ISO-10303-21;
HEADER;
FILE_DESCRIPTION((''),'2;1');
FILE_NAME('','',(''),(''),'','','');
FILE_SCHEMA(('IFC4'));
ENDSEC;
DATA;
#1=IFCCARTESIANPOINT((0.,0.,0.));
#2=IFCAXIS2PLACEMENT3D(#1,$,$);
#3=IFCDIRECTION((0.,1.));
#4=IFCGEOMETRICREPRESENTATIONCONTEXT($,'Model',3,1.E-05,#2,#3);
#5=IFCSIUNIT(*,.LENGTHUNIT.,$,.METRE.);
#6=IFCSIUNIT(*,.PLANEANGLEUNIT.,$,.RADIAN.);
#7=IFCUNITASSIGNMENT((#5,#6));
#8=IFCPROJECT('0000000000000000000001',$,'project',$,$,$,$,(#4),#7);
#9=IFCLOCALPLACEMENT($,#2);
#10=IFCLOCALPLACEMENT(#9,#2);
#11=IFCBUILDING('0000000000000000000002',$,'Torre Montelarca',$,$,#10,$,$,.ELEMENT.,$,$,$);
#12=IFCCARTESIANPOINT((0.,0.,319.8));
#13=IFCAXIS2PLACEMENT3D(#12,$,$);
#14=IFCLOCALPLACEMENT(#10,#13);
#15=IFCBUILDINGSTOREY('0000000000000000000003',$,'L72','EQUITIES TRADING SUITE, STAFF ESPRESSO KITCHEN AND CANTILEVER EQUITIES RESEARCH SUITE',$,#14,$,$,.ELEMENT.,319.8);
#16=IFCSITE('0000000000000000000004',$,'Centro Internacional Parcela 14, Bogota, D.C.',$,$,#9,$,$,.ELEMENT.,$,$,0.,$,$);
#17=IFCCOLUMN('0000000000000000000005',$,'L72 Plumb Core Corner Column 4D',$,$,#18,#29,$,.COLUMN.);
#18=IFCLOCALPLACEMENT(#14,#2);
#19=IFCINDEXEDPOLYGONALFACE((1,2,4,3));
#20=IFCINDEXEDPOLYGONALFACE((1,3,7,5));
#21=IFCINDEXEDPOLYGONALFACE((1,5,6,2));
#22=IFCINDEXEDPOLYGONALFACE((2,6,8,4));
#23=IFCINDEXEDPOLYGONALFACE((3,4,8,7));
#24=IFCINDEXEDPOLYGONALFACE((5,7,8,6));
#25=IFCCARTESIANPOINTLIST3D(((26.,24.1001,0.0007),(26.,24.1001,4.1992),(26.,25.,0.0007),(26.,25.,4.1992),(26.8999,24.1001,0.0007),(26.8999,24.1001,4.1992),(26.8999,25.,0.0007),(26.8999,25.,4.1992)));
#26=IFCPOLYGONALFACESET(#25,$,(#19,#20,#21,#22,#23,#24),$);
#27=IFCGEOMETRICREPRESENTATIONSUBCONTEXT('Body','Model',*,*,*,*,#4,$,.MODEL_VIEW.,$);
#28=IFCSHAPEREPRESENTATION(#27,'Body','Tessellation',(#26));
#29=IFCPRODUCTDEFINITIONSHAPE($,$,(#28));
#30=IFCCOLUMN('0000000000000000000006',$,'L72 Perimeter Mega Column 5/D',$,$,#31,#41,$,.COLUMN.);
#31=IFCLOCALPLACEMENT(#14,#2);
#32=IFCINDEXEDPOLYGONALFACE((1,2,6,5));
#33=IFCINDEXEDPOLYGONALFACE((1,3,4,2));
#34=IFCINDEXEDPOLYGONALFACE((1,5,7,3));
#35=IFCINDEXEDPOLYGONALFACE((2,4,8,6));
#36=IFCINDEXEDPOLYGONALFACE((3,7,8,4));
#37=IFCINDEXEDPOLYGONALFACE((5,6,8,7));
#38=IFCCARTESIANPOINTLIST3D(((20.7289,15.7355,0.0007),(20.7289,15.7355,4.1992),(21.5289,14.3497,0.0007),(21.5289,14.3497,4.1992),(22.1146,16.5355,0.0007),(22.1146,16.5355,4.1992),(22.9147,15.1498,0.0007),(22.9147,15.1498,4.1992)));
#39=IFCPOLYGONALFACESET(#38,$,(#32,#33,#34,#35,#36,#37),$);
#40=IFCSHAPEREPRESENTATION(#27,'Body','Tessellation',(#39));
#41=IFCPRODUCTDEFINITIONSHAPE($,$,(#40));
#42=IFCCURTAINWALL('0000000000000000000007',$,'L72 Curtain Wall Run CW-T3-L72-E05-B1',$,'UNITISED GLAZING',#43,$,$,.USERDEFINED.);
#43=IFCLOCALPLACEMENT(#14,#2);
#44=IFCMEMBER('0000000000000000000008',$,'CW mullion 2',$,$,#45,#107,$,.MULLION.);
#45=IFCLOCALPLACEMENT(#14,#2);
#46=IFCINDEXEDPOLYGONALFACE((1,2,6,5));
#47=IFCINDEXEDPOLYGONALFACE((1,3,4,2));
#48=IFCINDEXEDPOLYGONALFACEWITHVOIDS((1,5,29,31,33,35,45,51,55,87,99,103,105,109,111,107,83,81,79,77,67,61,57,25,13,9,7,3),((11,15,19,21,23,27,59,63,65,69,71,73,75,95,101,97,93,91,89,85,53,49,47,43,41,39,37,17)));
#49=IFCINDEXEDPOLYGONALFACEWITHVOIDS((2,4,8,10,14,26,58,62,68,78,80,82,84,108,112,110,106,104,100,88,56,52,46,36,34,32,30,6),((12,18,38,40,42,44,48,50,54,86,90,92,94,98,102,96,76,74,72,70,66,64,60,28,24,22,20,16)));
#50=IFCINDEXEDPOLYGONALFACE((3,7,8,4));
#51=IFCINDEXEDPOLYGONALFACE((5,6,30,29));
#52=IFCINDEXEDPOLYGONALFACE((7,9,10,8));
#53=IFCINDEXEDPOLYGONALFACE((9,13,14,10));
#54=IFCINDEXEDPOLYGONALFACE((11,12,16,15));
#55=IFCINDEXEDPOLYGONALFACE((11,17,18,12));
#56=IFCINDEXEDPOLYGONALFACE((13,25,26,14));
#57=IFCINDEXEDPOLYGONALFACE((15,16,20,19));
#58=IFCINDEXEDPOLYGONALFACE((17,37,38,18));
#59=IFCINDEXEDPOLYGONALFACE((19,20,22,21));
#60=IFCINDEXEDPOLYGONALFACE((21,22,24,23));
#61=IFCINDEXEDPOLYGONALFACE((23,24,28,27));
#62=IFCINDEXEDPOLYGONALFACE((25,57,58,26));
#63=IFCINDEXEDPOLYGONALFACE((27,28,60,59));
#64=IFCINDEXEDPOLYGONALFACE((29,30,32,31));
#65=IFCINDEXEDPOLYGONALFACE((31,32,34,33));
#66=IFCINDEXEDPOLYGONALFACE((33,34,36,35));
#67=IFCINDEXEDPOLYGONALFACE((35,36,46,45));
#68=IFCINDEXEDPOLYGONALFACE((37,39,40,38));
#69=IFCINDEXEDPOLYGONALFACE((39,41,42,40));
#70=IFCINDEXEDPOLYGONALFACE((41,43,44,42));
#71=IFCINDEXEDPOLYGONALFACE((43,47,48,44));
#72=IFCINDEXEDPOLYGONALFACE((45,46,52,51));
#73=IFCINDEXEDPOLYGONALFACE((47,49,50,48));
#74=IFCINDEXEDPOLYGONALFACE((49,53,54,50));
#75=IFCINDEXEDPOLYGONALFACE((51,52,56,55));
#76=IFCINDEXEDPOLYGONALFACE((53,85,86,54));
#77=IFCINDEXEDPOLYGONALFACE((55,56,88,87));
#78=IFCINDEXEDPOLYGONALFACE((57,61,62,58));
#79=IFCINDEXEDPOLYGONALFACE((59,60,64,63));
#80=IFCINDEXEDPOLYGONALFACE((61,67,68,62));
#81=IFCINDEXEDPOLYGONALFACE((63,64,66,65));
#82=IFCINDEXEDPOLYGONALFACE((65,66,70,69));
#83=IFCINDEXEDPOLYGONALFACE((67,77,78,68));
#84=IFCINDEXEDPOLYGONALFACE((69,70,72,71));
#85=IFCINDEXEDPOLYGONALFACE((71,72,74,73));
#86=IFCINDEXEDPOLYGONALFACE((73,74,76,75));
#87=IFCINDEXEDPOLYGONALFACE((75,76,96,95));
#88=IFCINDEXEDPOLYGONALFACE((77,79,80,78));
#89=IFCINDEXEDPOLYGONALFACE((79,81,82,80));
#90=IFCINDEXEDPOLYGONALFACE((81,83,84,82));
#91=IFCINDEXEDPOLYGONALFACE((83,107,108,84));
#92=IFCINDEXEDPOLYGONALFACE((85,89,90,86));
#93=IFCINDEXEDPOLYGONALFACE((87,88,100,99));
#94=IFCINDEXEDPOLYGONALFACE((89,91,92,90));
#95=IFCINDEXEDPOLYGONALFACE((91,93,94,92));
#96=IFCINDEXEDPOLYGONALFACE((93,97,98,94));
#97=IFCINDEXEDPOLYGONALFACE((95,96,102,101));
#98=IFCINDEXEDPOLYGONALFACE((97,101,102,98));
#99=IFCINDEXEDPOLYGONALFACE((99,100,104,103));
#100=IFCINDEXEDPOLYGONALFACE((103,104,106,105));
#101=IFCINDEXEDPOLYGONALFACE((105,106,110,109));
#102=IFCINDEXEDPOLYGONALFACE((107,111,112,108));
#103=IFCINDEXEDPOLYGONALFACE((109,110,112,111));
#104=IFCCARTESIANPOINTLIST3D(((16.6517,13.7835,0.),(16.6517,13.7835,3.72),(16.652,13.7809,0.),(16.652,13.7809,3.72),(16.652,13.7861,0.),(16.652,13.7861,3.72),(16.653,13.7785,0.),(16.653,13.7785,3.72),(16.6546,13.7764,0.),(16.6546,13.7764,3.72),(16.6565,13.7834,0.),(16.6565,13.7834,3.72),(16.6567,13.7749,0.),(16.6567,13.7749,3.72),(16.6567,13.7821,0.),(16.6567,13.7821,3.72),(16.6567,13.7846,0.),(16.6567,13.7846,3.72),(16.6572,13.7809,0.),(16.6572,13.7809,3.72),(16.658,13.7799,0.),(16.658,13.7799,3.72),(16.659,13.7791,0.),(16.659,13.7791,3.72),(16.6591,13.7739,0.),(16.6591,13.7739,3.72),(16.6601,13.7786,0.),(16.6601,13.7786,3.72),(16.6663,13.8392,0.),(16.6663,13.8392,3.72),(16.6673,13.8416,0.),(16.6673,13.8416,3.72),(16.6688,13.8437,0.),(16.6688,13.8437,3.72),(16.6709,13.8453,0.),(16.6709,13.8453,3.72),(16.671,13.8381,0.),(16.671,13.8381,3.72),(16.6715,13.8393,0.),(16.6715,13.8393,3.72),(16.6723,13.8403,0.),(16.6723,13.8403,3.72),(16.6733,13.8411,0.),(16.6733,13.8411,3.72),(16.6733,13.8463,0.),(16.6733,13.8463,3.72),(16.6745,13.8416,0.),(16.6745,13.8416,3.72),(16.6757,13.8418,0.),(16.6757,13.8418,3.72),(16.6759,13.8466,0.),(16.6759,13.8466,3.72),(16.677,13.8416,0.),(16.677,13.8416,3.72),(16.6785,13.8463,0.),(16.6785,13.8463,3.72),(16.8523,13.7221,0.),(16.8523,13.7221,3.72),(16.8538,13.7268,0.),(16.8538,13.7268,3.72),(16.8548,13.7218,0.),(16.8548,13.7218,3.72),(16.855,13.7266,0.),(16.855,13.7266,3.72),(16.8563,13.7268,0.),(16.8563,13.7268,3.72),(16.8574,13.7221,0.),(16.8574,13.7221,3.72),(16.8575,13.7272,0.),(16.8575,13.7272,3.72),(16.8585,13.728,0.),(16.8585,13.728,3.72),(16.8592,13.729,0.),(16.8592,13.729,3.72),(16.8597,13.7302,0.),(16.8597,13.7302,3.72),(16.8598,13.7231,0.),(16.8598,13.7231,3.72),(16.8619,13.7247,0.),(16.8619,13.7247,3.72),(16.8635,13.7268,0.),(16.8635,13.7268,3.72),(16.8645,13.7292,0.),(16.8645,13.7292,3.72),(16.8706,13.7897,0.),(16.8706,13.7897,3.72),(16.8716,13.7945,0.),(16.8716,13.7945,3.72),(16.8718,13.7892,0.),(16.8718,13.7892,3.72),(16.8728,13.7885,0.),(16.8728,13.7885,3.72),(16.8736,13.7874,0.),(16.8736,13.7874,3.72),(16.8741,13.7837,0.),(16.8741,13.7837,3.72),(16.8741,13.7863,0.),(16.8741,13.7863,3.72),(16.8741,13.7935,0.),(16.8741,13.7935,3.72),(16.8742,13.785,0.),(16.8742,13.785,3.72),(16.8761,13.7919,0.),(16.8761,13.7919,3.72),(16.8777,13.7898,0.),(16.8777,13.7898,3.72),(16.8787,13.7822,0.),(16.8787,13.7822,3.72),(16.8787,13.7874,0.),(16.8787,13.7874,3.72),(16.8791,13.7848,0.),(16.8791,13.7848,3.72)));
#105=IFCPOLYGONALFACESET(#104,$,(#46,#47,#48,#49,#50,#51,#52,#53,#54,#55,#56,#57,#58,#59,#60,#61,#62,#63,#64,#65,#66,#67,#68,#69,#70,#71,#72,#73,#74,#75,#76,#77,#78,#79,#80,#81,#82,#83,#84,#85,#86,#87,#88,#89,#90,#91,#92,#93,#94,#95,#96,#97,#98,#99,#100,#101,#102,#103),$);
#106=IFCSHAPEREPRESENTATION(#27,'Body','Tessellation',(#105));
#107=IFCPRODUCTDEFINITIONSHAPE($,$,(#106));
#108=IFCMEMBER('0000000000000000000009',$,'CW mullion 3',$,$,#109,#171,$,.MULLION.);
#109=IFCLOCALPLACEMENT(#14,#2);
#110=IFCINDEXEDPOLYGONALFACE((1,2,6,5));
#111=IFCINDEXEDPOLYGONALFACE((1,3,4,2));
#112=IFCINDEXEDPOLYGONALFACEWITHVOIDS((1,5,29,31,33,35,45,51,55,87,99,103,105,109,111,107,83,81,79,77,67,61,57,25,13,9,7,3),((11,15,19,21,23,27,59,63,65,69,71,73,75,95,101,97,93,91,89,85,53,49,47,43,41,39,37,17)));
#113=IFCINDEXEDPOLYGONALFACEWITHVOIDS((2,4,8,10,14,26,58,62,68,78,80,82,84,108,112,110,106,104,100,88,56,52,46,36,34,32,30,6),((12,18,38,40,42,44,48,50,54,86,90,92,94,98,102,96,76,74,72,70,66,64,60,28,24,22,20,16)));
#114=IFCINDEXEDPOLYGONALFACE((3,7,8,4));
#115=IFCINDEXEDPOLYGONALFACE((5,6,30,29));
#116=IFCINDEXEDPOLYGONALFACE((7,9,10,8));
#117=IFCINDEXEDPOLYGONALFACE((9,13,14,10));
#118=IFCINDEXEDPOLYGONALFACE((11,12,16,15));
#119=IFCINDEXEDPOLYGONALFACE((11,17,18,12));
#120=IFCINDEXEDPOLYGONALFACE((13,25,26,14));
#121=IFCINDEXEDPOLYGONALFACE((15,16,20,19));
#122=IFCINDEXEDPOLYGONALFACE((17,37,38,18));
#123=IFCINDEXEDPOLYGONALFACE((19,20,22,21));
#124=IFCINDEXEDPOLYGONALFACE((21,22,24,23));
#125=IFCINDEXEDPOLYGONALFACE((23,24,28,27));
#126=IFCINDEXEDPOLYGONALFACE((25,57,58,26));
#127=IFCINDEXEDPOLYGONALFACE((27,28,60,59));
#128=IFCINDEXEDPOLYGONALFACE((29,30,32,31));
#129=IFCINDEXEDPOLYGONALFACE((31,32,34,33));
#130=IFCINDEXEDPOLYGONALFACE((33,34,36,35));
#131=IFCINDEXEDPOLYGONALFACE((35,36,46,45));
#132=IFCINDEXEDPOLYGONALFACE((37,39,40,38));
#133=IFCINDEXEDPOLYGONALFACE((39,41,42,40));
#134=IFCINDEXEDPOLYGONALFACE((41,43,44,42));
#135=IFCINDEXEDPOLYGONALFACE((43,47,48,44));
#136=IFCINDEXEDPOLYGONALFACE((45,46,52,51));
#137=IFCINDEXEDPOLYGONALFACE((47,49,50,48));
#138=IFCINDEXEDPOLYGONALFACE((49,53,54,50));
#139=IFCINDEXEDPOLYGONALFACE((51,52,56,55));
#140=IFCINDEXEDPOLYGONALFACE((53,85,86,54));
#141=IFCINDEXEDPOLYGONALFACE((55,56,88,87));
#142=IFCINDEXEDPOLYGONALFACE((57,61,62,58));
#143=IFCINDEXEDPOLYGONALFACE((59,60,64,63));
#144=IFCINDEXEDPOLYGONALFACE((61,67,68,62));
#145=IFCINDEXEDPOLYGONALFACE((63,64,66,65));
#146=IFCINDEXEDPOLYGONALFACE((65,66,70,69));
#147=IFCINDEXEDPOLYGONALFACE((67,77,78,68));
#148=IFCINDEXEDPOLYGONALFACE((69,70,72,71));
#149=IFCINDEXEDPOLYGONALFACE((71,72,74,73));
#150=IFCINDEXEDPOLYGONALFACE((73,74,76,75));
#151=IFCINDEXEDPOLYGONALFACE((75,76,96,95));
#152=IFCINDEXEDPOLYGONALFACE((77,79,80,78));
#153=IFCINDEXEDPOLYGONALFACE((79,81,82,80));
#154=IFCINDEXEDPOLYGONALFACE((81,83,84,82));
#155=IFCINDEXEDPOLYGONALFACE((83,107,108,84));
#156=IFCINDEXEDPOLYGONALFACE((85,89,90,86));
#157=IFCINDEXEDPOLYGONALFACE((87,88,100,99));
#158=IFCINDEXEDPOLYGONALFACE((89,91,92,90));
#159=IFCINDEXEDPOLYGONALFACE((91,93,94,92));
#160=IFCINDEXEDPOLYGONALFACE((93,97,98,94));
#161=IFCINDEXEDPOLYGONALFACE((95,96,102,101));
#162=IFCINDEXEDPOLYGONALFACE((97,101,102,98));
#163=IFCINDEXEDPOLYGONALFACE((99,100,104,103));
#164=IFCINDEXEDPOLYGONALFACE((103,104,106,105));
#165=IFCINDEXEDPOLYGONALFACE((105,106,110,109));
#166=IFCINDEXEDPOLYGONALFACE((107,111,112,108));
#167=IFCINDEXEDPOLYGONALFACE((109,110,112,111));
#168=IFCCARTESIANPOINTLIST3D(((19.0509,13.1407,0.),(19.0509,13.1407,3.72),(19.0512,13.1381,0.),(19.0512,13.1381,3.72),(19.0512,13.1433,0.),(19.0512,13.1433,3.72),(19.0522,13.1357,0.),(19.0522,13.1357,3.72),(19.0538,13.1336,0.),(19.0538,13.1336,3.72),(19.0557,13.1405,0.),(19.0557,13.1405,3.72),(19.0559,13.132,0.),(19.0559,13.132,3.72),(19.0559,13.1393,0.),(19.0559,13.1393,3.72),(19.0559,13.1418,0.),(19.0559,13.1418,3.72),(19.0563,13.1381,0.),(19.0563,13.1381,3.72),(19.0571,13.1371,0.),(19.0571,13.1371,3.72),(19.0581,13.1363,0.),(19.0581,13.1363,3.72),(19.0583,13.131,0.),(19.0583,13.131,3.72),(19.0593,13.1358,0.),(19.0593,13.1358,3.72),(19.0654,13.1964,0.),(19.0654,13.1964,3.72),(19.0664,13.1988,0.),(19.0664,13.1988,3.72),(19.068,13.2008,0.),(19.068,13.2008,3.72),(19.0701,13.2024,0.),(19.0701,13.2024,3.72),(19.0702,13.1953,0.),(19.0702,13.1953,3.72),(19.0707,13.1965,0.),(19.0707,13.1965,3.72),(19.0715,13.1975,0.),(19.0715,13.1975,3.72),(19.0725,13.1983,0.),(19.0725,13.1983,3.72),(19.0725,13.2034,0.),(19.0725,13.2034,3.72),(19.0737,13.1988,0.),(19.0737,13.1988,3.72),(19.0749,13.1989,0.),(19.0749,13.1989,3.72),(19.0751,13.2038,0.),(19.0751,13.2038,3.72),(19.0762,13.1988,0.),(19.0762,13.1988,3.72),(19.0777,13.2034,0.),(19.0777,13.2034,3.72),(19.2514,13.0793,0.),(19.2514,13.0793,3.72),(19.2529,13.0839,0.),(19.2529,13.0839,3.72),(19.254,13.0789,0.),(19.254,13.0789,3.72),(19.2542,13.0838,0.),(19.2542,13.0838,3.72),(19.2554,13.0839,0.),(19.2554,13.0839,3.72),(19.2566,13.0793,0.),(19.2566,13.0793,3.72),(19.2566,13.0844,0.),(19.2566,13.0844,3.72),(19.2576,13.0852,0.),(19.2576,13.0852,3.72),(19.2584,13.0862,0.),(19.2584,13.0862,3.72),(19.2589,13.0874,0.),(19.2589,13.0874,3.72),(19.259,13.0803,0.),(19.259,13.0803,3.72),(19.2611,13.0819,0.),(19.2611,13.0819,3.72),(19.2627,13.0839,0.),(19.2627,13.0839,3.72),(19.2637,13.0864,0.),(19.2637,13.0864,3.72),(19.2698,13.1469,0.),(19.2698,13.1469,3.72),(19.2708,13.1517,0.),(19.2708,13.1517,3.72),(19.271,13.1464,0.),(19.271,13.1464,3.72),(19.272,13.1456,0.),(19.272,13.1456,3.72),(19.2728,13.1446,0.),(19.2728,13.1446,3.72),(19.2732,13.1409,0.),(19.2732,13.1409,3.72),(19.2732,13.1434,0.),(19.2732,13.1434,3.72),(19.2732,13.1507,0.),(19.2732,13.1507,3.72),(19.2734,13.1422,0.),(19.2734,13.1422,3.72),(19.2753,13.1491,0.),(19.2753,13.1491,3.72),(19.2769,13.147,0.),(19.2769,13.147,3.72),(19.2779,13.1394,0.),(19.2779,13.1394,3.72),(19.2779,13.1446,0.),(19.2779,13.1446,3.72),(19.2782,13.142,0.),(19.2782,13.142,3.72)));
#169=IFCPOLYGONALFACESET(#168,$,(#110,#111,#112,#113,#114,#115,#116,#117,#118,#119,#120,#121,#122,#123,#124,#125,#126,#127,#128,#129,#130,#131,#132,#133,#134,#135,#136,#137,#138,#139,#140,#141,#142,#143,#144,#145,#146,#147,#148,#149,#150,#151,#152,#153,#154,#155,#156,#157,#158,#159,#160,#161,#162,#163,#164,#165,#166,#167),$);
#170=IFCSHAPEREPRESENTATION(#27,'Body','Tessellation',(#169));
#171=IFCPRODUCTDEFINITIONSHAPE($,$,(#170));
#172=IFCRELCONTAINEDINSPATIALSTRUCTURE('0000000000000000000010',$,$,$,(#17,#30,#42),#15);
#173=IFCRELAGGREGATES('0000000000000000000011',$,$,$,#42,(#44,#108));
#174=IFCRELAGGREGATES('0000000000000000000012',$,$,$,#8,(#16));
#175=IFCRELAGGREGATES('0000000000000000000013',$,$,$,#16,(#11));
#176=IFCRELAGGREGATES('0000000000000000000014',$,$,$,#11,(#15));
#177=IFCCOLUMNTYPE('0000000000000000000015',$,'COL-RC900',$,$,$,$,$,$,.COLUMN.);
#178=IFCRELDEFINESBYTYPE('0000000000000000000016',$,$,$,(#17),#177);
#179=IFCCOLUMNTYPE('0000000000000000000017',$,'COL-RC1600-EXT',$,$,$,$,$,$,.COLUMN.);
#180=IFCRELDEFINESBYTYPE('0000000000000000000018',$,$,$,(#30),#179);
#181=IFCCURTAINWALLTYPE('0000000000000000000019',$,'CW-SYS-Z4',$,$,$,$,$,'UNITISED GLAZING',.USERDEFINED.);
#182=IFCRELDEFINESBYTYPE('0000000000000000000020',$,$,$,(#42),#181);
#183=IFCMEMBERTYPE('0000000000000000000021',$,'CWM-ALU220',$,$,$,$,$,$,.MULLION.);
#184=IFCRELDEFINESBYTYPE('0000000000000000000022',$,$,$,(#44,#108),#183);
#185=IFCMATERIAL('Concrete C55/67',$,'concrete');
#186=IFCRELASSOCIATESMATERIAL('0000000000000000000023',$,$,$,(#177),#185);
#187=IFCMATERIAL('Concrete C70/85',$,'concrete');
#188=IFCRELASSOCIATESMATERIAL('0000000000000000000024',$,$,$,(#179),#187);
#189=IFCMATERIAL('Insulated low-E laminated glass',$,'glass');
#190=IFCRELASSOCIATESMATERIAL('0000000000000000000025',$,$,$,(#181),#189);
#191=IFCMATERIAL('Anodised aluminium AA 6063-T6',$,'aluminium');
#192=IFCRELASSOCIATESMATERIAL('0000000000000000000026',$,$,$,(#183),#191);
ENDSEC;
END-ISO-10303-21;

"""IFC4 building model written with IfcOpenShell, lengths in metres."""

from ifc_helpers import new_model, si_unit, direction, frame, origin, origin_2d, place, context, subcontext, project, spatial, rectangle, hollow_rectangle, extrude, source, transform, mapped, material, material_profile, profile_set, type_object, element, aggregate, save


model = new_model("IFC4")

# Units and contexts
model_context = context("Model", 3, precision=1e-05, world=origin(), true_north=direction((0.0, 1.0)))
body_context = subcontext(model_context, "Body", "Model", "MODEL_VIEW")
ifc_project = project(units=[si_unit("LENGTHUNIT", "METRE"), si_unit("PLANEANGLEUNIT", "RADIAN")], contexts=[model_context])

# Site, building, storey
site_placement = place(None, origin())
site = spatial("IfcSite", under=ifc_project, at=site_placement, Name="Centro Internacional Parcela 14, Bogota, D.C.", CompositionType="ELEMENT", RefElevation=0.0)
building_placement = place(site_placement, origin())
building = spatial("IfcBuilding", under=site, at=building_placement, Name="Torre Montelarca", CompositionType="ELEMENT")
storey_placement = place(building_placement, frame((0.0, 0.0, 319.8)))
storey = spatial("IfcBuildingStorey", under=building, at=storey_placement, Name="L72", Description="EQUITIES TRADING SUITE, STAFF ESPRESSO KITCHEN AND CANTILEVER EQUITIES RESEARCH SUITE", CompositionType="ELEMENT", Elevation=319.8)

# Columns
ifc_material_1 = material(Name="Concrete C55/67", Category="concrete")
ifc_material_profile_1 = material_profile(ifc_material_1, rectangle(XDim=0.8999, YDim=0.8999, at=origin_2d()), Name="RC900X900", Category="concrete")
ifc_profile_set_1 = profile_set([ifc_material_profile_1], Name="Concrete C55/67")
column_type_1 = type_object("IfcColumnType", Name="COL-RC900", PredefinedType="COLUMN", material=ifc_profile_set_1)
shared_shape_1 = source(origin(), body_context, "Body", "SweptSolid", [
    extrude(rectangle(XDim=0.8999, YDim=0.8999, at=origin_2d()), origin(), (0.0, 0.0, 1.0), 4.1985),
])
column_1_placement = place(storey_placement, frame((26.45, 24.55, 0.0007), z_axis=(0.0, 0.0, 1.0), x_axis=(1.0, 0.0, 0.0)))
element("IfcColumn", 1, at=column_1_placement, inside=storey, type_object=column_type_1, Name="L72 Plumb Core Corner Column 4D", PredefinedType="COLUMN", context=body_context, shape_type="MappedRepresentation", body=[
    mapped(shared_shape_1, transform((0.0, 0.0, 0.0), scale=1.0)),
])
ifc_material_2 = material(Name="Concrete C70/85", Category="concrete")
ifc_material_profile_2 = material_profile(ifc_material_2, rectangle(XDim=1.6001, YDim=1.6001, at=origin_2d()), Name="RC1600X1600", Category="concrete")
ifc_profile_set_2 = profile_set([ifc_material_profile_2], Name="Concrete C70/85")
column_type_2 = type_object("IfcColumnType", Name="COL-RC1600-EXT", PredefinedType="COLUMN", material=ifc_profile_set_2)
shared_shape_2 = source(origin(), body_context, "Body", "SweptSolid", [
    extrude(rectangle(XDim=1.6001, YDim=1.6001, at=origin_2d()), origin(), (0.0, 0.0, 1.0), 4.1985),
])
column_2_placement = place(storey_placement, frame((21.8218, 15.4426, 0.0007), z_axis=(0.0, 0.0, 1.0), x_axis=(-0.5, 0.866025, 0.0)))
element("IfcColumn", 2, at=column_2_placement, inside=storey, type_object=column_type_2, Name="L72 Perimeter Mega Column 5/D", PredefinedType="COLUMN", context=body_context, shape_type="MappedRepresentation", body=[
    mapped(shared_shape_2, transform((0.0, 0.0, 0.0), scale=1.0)),
])

# Curtain wall, members
ifc_material_3 = material(Name="Insulated low-E laminated glass", Category="glass")
curtain_wall_type = type_object("IfcCurtainWallType", Name="CW-SYS-Z4", ElementType="UNITISED GLAZING", PredefinedType="USERDEFINED", material=ifc_material_3)
curtain_wall_1_placement = place(storey_placement, origin())
curtain_wall_1 = element("IfcCurtainWall", 3, at=curtain_wall_1_placement, inside=storey, type_object=curtain_wall_type, Name="L72 Curtain Wall Run CW-T3-L72-E05-B1", ObjectType="UNITISED GLAZING", PredefinedType="USERDEFINED")
ifc_material_4 = material(Name="Anodised aluminium AA 6063-T6", Category="aluminium")
ifc_material_profile_3 = material_profile(ifc_material_4, hollow_rectangle(XDim=0.075, YDim=0.22, WallThickness=0.0049, InnerFilletRadius=0.0049, OuterFilletRadius=0.01, at=origin_2d()), Name="ALU75X220X5", Category="aluminium")
ifc_profile_set_3 = profile_set([ifc_material_profile_3], Name="Anodised aluminium AA 6063-T6")
member_type_1 = type_object("IfcMemberType", Name="CWM-ALU220", PredefinedType="MULLION", material=ifc_profile_set_3)
shared_shape_3 = source(origin(), body_context, "Body", "SweptSolid", [
    extrude(hollow_rectangle(XDim=0.075, YDim=0.22, WallThickness=0.0049, InnerFilletRadius=0.0049, OuterFilletRadius=0.01, at=origin_2d()), origin(), (0.0, 0.0, 1.0), 3.72),
])
member_1_placement = place(storey_placement, frame((16.7654, 13.7842, 0.0), z_axis=(0.0, 0.0, 1.0), x_axis=(0.258815, 0.965927, 0.0)))
member_1 = element("IfcMember", 4, at=member_1_placement, type_object=member_type_1, Name="CW mullion 2", PredefinedType="MULLION", context=body_context, shape_type="MappedRepresentation", body=[
    mapped(shared_shape_3, transform((0.0, 0.0, 0.0), scale=1.0)),
])
member_2_placement = place(storey_placement, frame((19.1646, 13.1414, 0.0), z_axis=(0.0, 0.0, 1.0), x_axis=(0.258815, 0.965927, 0.0)))
member_2 = element("IfcMember", 5, at=member_2_placement, type_object=member_type_1, Name="CW mullion 3", PredefinedType="MULLION", context=body_context, shape_type="MappedRepresentation", body=[
    mapped(shared_shape_3, transform((0.0, 0.0, 0.0), scale=1.0)),
])

aggregate(curtain_wall_1, [member_1, member_2])

save(model, "model.ifc")
